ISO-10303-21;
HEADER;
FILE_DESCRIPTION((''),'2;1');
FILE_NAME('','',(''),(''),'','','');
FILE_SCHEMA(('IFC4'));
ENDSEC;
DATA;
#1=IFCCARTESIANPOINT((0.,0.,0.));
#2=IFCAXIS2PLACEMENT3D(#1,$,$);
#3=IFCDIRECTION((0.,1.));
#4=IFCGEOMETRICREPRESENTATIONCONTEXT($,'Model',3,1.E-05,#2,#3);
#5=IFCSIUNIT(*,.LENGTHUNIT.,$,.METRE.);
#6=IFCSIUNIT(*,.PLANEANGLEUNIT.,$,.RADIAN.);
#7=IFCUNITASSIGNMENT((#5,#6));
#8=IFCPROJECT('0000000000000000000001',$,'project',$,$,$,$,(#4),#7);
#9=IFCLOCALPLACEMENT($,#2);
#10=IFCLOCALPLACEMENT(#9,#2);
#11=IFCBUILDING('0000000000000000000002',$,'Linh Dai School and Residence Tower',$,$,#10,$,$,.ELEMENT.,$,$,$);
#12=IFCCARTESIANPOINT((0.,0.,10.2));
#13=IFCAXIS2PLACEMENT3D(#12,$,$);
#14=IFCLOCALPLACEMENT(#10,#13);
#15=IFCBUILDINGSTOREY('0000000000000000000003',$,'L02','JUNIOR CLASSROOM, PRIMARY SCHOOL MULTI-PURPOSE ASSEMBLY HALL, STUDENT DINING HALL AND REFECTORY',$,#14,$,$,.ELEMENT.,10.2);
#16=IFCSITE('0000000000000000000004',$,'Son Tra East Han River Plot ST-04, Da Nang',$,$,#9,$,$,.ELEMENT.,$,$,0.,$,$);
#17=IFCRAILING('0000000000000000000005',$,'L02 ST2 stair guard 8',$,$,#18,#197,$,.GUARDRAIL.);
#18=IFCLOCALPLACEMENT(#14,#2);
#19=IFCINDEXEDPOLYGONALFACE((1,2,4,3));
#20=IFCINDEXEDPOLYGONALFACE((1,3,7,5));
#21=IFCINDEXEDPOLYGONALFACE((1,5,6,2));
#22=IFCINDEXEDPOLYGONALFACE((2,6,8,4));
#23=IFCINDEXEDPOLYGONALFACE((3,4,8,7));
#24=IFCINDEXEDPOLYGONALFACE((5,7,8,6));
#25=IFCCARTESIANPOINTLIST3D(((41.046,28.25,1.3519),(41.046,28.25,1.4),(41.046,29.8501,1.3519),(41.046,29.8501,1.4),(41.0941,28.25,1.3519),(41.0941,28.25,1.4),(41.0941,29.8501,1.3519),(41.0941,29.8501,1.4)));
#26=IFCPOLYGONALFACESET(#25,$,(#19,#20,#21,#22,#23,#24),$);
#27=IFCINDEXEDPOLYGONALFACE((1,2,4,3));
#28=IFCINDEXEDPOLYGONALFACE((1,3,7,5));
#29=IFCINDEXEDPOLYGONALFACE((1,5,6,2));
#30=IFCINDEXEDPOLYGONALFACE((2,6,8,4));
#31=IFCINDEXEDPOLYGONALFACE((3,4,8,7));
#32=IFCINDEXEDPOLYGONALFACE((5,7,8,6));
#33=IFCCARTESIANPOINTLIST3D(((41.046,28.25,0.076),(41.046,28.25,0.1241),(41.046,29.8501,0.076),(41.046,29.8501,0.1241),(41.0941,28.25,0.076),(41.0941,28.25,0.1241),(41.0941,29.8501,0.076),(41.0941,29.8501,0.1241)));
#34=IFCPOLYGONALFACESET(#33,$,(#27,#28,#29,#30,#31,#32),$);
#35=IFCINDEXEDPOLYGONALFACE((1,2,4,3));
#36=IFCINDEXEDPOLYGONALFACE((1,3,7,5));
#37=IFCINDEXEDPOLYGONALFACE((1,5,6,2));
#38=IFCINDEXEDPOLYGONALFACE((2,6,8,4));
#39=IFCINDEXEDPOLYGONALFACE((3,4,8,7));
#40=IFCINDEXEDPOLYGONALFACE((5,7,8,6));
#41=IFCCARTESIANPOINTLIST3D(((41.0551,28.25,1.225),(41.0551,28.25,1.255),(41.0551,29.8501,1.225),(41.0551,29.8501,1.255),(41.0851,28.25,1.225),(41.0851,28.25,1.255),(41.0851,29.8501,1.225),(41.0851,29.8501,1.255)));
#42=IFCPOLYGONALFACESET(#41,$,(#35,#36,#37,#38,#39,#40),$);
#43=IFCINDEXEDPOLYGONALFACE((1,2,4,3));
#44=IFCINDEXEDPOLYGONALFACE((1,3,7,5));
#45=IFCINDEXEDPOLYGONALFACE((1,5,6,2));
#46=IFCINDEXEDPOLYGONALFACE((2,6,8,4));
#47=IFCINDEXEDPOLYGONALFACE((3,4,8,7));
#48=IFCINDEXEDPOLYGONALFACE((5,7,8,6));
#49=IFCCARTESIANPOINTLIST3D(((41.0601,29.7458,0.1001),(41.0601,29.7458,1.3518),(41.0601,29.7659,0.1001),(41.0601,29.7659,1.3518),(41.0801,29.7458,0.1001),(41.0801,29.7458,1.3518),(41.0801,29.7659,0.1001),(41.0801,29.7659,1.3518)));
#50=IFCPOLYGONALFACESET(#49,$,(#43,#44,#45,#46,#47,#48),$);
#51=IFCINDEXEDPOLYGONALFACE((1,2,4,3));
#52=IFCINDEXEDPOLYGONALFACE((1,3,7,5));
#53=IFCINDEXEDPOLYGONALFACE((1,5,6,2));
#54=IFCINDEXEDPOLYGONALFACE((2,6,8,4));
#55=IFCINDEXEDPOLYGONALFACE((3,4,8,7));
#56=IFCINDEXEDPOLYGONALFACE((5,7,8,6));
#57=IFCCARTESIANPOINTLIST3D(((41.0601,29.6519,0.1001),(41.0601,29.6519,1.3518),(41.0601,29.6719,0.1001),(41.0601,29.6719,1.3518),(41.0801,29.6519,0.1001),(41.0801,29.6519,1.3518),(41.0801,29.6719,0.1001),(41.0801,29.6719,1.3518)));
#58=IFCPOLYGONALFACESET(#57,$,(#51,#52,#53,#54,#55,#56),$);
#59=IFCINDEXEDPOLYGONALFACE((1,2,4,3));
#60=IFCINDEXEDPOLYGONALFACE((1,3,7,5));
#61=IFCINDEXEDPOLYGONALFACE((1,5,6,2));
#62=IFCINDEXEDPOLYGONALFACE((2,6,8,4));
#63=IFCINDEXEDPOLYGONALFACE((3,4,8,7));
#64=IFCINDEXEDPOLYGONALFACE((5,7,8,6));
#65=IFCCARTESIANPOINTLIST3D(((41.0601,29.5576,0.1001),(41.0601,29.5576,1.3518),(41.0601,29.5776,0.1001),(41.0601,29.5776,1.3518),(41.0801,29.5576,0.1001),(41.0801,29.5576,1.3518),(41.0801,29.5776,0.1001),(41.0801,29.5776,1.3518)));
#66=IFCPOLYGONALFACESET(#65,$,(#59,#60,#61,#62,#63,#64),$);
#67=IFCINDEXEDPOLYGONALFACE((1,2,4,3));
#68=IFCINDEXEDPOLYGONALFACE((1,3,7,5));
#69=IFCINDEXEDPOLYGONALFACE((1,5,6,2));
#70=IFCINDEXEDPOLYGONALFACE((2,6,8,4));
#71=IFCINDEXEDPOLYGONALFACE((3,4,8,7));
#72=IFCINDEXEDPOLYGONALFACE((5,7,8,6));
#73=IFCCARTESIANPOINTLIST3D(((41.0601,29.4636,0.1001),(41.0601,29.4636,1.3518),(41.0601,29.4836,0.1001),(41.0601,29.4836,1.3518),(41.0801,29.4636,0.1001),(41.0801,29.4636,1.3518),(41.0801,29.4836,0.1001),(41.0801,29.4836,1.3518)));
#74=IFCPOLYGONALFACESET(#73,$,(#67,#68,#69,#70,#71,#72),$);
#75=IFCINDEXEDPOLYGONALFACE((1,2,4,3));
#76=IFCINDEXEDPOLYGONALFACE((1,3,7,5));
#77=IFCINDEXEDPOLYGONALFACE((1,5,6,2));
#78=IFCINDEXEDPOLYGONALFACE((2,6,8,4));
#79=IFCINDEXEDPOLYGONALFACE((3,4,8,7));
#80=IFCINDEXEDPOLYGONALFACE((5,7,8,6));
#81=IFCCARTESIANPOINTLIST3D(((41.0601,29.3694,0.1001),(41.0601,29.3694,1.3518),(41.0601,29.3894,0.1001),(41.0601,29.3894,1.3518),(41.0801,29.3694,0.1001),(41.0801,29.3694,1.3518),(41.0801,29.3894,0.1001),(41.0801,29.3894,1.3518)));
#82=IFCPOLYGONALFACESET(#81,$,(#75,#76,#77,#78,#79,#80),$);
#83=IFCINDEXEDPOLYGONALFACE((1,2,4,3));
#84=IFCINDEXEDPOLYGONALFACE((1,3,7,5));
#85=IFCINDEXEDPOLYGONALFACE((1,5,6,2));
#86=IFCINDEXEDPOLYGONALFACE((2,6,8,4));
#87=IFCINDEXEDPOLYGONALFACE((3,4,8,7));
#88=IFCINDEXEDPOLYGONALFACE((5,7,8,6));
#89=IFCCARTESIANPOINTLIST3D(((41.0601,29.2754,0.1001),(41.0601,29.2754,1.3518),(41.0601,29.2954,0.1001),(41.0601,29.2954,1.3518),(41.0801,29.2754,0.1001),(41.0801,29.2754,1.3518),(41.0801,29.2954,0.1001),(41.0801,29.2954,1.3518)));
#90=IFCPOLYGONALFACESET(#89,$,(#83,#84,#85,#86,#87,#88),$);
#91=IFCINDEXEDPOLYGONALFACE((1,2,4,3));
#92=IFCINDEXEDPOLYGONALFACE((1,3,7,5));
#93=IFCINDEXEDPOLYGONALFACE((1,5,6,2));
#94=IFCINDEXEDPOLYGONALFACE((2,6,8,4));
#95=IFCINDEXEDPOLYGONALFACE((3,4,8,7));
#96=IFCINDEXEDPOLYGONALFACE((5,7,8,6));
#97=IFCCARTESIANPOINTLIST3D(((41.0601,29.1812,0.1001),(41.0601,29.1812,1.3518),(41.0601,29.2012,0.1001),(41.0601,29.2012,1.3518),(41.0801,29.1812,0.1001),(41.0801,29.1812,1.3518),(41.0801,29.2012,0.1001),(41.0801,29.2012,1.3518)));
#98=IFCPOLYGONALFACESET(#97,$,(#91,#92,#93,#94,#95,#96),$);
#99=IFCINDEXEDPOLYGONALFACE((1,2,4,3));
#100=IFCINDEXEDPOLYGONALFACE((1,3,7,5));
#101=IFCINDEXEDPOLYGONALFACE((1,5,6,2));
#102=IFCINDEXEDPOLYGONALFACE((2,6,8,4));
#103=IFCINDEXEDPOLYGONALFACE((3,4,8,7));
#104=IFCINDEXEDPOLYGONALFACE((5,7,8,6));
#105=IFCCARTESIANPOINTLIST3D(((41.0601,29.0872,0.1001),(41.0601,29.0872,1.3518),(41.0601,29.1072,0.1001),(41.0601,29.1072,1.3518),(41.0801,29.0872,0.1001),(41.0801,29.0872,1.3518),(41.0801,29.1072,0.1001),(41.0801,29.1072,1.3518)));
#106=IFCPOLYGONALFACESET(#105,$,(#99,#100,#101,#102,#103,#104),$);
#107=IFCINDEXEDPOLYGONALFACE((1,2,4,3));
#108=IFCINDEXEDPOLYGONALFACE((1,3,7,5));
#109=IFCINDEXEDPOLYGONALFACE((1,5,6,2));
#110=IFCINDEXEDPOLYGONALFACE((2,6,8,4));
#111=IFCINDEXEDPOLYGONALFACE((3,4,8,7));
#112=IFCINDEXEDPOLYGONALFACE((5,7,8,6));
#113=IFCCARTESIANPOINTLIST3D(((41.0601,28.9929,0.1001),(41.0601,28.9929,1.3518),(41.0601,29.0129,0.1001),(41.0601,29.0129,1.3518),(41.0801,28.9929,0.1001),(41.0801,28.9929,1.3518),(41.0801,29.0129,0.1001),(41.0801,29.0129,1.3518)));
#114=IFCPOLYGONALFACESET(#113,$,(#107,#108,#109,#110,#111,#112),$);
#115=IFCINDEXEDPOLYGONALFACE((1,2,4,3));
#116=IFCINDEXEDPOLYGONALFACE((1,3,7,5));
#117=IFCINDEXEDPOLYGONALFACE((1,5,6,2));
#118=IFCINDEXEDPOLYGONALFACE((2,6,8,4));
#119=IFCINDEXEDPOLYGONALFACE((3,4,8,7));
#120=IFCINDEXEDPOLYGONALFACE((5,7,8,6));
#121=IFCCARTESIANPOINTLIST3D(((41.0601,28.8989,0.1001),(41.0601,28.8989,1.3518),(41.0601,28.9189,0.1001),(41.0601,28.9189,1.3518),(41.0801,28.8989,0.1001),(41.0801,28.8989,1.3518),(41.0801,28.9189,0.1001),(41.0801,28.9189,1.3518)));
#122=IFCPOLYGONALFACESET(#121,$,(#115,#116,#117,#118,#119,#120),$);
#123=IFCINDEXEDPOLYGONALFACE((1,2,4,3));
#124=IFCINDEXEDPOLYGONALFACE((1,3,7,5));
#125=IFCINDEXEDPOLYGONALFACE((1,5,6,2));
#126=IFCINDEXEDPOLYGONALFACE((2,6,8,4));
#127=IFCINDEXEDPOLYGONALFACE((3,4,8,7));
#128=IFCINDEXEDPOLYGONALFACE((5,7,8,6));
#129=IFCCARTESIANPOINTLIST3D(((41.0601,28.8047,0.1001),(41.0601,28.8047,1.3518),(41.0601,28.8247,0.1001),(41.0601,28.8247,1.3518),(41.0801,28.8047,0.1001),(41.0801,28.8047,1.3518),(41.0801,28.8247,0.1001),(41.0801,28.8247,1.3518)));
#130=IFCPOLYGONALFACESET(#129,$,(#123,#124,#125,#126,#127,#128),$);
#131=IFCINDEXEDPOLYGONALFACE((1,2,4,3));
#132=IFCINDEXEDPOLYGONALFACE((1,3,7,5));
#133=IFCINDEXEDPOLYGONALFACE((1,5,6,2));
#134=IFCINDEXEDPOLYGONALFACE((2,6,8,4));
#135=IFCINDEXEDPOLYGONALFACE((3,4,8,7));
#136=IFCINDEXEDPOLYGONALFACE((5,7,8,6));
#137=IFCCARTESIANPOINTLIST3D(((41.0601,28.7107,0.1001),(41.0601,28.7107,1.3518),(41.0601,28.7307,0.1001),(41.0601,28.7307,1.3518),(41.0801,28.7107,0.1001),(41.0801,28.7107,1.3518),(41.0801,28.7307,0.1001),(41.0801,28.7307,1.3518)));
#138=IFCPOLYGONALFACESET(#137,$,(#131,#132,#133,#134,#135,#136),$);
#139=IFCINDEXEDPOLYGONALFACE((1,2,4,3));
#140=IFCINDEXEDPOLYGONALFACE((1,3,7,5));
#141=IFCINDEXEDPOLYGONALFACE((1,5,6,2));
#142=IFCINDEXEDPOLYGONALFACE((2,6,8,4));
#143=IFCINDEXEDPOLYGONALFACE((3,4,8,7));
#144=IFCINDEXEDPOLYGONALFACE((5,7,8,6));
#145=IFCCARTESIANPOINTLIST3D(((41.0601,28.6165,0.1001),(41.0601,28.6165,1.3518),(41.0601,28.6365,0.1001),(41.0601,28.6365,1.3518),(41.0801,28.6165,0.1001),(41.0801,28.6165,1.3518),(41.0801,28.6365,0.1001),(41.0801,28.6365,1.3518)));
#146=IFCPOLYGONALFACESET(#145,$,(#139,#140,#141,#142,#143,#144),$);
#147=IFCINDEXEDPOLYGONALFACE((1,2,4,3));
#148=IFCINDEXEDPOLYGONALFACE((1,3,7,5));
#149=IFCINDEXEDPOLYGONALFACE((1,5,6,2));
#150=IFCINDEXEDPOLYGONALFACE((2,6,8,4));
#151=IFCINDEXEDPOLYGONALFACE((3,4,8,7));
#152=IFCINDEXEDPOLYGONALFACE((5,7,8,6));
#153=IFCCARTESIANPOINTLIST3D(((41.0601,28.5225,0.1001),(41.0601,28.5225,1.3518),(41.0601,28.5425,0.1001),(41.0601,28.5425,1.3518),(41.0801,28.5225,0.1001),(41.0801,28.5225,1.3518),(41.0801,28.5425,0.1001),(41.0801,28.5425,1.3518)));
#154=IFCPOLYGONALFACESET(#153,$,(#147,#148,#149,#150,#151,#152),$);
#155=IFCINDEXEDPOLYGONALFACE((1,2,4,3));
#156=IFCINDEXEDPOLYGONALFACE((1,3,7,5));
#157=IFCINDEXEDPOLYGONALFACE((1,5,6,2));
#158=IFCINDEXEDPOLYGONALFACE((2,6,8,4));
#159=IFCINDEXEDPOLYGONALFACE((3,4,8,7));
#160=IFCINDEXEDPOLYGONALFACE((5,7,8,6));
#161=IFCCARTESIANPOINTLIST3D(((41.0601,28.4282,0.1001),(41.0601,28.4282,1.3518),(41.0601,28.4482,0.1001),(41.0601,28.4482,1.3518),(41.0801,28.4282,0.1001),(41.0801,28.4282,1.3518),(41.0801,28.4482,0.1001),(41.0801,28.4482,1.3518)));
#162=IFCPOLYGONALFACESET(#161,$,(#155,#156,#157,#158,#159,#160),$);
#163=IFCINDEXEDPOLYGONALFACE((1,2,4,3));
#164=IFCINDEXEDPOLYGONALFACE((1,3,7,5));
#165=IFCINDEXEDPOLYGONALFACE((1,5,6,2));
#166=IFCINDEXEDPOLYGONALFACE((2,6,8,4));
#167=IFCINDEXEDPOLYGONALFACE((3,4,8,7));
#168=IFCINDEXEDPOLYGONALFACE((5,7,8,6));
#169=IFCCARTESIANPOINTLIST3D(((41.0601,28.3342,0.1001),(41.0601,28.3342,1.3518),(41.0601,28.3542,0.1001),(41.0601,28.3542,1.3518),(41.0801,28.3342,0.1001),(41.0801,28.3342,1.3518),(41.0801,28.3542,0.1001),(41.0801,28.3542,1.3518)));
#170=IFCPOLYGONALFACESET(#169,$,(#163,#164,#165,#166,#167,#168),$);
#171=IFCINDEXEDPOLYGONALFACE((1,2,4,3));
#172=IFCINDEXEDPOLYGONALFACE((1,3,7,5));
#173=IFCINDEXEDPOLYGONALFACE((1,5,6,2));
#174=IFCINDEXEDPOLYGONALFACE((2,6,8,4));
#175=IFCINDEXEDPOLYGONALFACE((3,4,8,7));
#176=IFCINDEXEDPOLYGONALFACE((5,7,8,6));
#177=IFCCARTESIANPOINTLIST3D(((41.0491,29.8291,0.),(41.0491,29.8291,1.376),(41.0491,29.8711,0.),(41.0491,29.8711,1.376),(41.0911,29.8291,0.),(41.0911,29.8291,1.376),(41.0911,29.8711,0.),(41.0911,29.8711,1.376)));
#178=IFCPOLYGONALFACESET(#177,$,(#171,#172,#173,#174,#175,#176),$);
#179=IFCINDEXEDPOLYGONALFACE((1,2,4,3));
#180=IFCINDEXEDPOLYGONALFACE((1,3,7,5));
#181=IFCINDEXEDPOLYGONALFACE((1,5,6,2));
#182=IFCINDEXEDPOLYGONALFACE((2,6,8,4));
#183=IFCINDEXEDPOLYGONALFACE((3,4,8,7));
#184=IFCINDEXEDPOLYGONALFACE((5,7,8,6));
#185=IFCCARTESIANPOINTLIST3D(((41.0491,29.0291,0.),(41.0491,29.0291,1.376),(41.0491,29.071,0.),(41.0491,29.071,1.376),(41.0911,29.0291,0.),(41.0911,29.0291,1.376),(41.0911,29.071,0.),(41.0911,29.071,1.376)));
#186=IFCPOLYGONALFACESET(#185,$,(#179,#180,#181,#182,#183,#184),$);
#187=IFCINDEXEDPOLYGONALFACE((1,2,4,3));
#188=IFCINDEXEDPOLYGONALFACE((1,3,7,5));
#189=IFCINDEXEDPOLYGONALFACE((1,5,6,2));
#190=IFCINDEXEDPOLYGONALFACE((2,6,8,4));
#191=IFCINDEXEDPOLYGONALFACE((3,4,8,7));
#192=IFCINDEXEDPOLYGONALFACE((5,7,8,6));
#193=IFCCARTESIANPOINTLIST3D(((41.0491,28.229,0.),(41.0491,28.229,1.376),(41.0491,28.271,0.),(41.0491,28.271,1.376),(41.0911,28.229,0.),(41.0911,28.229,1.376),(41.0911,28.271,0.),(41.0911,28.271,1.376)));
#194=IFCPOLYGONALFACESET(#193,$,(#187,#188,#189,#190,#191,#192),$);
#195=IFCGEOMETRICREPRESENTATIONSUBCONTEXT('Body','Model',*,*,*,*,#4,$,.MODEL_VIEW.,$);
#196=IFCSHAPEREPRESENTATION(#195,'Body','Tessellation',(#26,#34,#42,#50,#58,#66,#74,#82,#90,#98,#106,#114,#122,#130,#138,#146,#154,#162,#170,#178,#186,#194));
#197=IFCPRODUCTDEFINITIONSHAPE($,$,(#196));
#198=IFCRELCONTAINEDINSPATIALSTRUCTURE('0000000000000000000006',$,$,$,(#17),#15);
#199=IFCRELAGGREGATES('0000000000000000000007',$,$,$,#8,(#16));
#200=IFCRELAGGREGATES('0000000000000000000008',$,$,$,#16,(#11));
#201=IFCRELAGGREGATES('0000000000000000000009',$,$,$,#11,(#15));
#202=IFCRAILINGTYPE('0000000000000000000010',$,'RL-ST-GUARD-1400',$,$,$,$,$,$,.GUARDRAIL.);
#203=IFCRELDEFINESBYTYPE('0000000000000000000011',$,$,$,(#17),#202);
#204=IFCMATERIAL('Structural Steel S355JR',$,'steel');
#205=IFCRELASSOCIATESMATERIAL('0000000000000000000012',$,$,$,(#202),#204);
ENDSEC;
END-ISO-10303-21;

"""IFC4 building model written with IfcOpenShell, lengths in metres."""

from ifc_helpers import new_model, si_unit, direction, frame, origin, origin_2d, place, context, subcontext, project, spatial, rectangle, extrude, source, transform, mapped, material, type_object, element, save


model = new_model("IFC4")

# Units and contexts
model_context = context("Model", 3, precision=1e-05, world=origin(), true_north=direction((0.0, 1.0)))
body_context = subcontext(model_context, "Body", "Model", "MODEL_VIEW")
ifc_project = project(units=[si_unit("LENGTHUNIT", "METRE"), si_unit("PLANEANGLEUNIT", "RADIAN")], contexts=[model_context])

# Site, building, storey
site_placement = place(None, origin())
site = spatial("IfcSite", under=ifc_project, at=site_placement, Name="Son Tra East Han River Plot ST-04, Da Nang", CompositionType="ELEMENT", RefElevation=0.0)
building_placement = place(site_placement, origin())
building = spatial("IfcBuilding", under=site, at=building_placement, Name="Linh Dai School and Residence Tower", CompositionType="ELEMENT")
storey_placement = place(building_placement, frame((0.0, 0.0, 10.2)))
storey = spatial("IfcBuildingStorey", under=building, at=storey_placement, Name="L02", Description="JUNIOR CLASSROOM, PRIMARY SCHOOL MULTI-PURPOSE ASSEMBLY HALL, STUDENT DINING HALL AND REFECTORY", CompositionType="ELEMENT", Elevation=10.2)

# Shared definitions
ifc_material_1 = material(Name="Structural Steel S355JR", Category="steel")

# Railing
railing_type_1 = type_object("IfcRailingType", Name="RL-ST-GUARD-1400", PredefinedType="GUARDRAIL", material=ifc_material_1)
shared_shape_1 = source(origin(), body_context, "Body", "SweptSolid", [
    extrude(rectangle(XDim=0.0481, YDim=0.0481, at=origin_2d()), frame((0.0, 0.0, 1.376), z_axis=(0.0, -1.0, 0.0), x_axis=(1.0, 0.0, 0.0)), (0.0, 0.0, 1.0), 1.6001),
    extrude(rectangle(XDim=0.0481, YDim=0.0481, at=origin_2d()), frame((0.0, 0.0, 0.1001), z_axis=(0.0, -1.0, 0.0), x_axis=(1.0, 0.0, 0.0)), (0.0, 0.0, 1.0), 1.6001),
    extrude(rectangle(XDim=0.03, YDim=0.03, at=origin_2d()), frame((0.0, 0.0, 1.24), z_axis=(0.0, -1.0, 0.0), x_axis=(1.0, 0.0, 0.0)), (0.0, 0.0, 1.0), 1.6001),
    extrude(rectangle(XDim=0.02, YDim=0.02, at=origin_2d()), frame((0.0, -0.0942, 0.1001)), (0.0, 0.0, 1.0), 1.2517),
    extrude(rectangle(XDim=0.02, YDim=0.02, at=origin_2d()), frame((0.0, -0.1882, 0.1001)), (0.0, 0.0, 1.0), 1.2517),
    extrude(rectangle(XDim=0.02, YDim=0.02, at=origin_2d()), frame((0.0, -0.2825, 0.1001)), (0.0, 0.0, 1.0), 1.2517),
    extrude(rectangle(XDim=0.02, YDim=0.02, at=origin_2d()), frame((0.0, -0.3765, 0.1001)), (0.0, 0.0, 1.0), 1.2517),
    extrude(rectangle(XDim=0.02, YDim=0.02, at=origin_2d()), frame((0.0, -0.4707, 0.1001)), (0.0, 0.0, 1.0), 1.2517),
    extrude(rectangle(XDim=0.02, YDim=0.02, at=origin_2d()), frame((0.0, -0.5647, 0.1001)), (0.0, 0.0, 1.0), 1.2517),
    extrude(rectangle(XDim=0.02, YDim=0.02, at=origin_2d()), frame((0.0, -0.6589, 0.1001)), (0.0, 0.0, 1.0), 1.2517),
    extrude(rectangle(XDim=0.02, YDim=0.02, at=origin_2d()), frame((0.0, -0.7529, 0.1001)), (0.0, 0.0, 1.0), 1.2517),
    extrude(rectangle(XDim=0.02, YDim=0.02, at=origin_2d()), frame((0.0, -0.8472, 0.1001)), (0.0, 0.0, 1.0), 1.2517),
    extrude(rectangle(XDim=0.02, YDim=0.02, at=origin_2d()), frame((0.0, -0.9412, 0.1001)), (0.0, 0.0, 1.0), 1.2517),
    extrude(rectangle(XDim=0.02, YDim=0.02, at=origin_2d()), frame((0.0, -1.0354, 0.1001)), (0.0, 0.0, 1.0), 1.2517),
    extrude(rectangle(XDim=0.02, YDim=0.02, at=origin_2d()), frame((0.0, -1.1294, 0.1001)), (0.0, 0.0, 1.0), 1.2517),
    extrude(rectangle(XDim=0.02, YDim=0.02, at=origin_2d()), frame((0.0, -1.2236, 0.1001)), (0.0, 0.0, 1.0), 1.2517),
    extrude(rectangle(XDim=0.02, YDim=0.02, at=origin_2d()), frame((0.0, -1.3176, 0.1001)), (0.0, 0.0, 1.0), 1.2517),
    extrude(rectangle(XDim=0.02, YDim=0.02, at=origin_2d()), frame((0.0, -1.4119, 0.1001)), (0.0, 0.0, 1.0), 1.2517),
    extrude(rectangle(XDim=0.02, YDim=0.02, at=origin_2d()), frame((0.0, -1.5059, 0.1001)), (0.0, 0.0, 1.0), 1.2517),
    extrude(rectangle(XDim=0.042, YDim=0.042, at=origin_2d()), origin(), (0.0, 0.0, 1.0), 1.376),
    extrude(rectangle(XDim=0.042, YDim=0.042, at=origin_2d()), frame((0.0, -0.8, 0.0)), (0.0, 0.0, 1.0), 1.376),
    extrude(rectangle(XDim=0.042, YDim=0.042, at=origin_2d()), frame((0.0, -1.6001, 0.0)), (0.0, 0.0, 1.0), 1.376),
])
for number, where, name in (
    (1, (41.0701, 29.8501, 0.0), "L02 ST2 stair guard 8"),
):
    element("IfcRailing", number, at=place(storey_placement, frame(where)), inside=storey, type_object=railing_type_1, Name=name, PredefinedType="GUARDRAIL", context=body_context, shape_type="MappedRepresentation", body=[
        mapped(shared_shape_1, transform((0.0, 0.0, 0.0), x_axis=(1.0, 0.0, 0.0), y_axis=(0.0, 1.0, 0.0), z_axis=(0.0, 0.0, 1.0), scale=1.0)),
    ])

save(model, "model.ifc")
